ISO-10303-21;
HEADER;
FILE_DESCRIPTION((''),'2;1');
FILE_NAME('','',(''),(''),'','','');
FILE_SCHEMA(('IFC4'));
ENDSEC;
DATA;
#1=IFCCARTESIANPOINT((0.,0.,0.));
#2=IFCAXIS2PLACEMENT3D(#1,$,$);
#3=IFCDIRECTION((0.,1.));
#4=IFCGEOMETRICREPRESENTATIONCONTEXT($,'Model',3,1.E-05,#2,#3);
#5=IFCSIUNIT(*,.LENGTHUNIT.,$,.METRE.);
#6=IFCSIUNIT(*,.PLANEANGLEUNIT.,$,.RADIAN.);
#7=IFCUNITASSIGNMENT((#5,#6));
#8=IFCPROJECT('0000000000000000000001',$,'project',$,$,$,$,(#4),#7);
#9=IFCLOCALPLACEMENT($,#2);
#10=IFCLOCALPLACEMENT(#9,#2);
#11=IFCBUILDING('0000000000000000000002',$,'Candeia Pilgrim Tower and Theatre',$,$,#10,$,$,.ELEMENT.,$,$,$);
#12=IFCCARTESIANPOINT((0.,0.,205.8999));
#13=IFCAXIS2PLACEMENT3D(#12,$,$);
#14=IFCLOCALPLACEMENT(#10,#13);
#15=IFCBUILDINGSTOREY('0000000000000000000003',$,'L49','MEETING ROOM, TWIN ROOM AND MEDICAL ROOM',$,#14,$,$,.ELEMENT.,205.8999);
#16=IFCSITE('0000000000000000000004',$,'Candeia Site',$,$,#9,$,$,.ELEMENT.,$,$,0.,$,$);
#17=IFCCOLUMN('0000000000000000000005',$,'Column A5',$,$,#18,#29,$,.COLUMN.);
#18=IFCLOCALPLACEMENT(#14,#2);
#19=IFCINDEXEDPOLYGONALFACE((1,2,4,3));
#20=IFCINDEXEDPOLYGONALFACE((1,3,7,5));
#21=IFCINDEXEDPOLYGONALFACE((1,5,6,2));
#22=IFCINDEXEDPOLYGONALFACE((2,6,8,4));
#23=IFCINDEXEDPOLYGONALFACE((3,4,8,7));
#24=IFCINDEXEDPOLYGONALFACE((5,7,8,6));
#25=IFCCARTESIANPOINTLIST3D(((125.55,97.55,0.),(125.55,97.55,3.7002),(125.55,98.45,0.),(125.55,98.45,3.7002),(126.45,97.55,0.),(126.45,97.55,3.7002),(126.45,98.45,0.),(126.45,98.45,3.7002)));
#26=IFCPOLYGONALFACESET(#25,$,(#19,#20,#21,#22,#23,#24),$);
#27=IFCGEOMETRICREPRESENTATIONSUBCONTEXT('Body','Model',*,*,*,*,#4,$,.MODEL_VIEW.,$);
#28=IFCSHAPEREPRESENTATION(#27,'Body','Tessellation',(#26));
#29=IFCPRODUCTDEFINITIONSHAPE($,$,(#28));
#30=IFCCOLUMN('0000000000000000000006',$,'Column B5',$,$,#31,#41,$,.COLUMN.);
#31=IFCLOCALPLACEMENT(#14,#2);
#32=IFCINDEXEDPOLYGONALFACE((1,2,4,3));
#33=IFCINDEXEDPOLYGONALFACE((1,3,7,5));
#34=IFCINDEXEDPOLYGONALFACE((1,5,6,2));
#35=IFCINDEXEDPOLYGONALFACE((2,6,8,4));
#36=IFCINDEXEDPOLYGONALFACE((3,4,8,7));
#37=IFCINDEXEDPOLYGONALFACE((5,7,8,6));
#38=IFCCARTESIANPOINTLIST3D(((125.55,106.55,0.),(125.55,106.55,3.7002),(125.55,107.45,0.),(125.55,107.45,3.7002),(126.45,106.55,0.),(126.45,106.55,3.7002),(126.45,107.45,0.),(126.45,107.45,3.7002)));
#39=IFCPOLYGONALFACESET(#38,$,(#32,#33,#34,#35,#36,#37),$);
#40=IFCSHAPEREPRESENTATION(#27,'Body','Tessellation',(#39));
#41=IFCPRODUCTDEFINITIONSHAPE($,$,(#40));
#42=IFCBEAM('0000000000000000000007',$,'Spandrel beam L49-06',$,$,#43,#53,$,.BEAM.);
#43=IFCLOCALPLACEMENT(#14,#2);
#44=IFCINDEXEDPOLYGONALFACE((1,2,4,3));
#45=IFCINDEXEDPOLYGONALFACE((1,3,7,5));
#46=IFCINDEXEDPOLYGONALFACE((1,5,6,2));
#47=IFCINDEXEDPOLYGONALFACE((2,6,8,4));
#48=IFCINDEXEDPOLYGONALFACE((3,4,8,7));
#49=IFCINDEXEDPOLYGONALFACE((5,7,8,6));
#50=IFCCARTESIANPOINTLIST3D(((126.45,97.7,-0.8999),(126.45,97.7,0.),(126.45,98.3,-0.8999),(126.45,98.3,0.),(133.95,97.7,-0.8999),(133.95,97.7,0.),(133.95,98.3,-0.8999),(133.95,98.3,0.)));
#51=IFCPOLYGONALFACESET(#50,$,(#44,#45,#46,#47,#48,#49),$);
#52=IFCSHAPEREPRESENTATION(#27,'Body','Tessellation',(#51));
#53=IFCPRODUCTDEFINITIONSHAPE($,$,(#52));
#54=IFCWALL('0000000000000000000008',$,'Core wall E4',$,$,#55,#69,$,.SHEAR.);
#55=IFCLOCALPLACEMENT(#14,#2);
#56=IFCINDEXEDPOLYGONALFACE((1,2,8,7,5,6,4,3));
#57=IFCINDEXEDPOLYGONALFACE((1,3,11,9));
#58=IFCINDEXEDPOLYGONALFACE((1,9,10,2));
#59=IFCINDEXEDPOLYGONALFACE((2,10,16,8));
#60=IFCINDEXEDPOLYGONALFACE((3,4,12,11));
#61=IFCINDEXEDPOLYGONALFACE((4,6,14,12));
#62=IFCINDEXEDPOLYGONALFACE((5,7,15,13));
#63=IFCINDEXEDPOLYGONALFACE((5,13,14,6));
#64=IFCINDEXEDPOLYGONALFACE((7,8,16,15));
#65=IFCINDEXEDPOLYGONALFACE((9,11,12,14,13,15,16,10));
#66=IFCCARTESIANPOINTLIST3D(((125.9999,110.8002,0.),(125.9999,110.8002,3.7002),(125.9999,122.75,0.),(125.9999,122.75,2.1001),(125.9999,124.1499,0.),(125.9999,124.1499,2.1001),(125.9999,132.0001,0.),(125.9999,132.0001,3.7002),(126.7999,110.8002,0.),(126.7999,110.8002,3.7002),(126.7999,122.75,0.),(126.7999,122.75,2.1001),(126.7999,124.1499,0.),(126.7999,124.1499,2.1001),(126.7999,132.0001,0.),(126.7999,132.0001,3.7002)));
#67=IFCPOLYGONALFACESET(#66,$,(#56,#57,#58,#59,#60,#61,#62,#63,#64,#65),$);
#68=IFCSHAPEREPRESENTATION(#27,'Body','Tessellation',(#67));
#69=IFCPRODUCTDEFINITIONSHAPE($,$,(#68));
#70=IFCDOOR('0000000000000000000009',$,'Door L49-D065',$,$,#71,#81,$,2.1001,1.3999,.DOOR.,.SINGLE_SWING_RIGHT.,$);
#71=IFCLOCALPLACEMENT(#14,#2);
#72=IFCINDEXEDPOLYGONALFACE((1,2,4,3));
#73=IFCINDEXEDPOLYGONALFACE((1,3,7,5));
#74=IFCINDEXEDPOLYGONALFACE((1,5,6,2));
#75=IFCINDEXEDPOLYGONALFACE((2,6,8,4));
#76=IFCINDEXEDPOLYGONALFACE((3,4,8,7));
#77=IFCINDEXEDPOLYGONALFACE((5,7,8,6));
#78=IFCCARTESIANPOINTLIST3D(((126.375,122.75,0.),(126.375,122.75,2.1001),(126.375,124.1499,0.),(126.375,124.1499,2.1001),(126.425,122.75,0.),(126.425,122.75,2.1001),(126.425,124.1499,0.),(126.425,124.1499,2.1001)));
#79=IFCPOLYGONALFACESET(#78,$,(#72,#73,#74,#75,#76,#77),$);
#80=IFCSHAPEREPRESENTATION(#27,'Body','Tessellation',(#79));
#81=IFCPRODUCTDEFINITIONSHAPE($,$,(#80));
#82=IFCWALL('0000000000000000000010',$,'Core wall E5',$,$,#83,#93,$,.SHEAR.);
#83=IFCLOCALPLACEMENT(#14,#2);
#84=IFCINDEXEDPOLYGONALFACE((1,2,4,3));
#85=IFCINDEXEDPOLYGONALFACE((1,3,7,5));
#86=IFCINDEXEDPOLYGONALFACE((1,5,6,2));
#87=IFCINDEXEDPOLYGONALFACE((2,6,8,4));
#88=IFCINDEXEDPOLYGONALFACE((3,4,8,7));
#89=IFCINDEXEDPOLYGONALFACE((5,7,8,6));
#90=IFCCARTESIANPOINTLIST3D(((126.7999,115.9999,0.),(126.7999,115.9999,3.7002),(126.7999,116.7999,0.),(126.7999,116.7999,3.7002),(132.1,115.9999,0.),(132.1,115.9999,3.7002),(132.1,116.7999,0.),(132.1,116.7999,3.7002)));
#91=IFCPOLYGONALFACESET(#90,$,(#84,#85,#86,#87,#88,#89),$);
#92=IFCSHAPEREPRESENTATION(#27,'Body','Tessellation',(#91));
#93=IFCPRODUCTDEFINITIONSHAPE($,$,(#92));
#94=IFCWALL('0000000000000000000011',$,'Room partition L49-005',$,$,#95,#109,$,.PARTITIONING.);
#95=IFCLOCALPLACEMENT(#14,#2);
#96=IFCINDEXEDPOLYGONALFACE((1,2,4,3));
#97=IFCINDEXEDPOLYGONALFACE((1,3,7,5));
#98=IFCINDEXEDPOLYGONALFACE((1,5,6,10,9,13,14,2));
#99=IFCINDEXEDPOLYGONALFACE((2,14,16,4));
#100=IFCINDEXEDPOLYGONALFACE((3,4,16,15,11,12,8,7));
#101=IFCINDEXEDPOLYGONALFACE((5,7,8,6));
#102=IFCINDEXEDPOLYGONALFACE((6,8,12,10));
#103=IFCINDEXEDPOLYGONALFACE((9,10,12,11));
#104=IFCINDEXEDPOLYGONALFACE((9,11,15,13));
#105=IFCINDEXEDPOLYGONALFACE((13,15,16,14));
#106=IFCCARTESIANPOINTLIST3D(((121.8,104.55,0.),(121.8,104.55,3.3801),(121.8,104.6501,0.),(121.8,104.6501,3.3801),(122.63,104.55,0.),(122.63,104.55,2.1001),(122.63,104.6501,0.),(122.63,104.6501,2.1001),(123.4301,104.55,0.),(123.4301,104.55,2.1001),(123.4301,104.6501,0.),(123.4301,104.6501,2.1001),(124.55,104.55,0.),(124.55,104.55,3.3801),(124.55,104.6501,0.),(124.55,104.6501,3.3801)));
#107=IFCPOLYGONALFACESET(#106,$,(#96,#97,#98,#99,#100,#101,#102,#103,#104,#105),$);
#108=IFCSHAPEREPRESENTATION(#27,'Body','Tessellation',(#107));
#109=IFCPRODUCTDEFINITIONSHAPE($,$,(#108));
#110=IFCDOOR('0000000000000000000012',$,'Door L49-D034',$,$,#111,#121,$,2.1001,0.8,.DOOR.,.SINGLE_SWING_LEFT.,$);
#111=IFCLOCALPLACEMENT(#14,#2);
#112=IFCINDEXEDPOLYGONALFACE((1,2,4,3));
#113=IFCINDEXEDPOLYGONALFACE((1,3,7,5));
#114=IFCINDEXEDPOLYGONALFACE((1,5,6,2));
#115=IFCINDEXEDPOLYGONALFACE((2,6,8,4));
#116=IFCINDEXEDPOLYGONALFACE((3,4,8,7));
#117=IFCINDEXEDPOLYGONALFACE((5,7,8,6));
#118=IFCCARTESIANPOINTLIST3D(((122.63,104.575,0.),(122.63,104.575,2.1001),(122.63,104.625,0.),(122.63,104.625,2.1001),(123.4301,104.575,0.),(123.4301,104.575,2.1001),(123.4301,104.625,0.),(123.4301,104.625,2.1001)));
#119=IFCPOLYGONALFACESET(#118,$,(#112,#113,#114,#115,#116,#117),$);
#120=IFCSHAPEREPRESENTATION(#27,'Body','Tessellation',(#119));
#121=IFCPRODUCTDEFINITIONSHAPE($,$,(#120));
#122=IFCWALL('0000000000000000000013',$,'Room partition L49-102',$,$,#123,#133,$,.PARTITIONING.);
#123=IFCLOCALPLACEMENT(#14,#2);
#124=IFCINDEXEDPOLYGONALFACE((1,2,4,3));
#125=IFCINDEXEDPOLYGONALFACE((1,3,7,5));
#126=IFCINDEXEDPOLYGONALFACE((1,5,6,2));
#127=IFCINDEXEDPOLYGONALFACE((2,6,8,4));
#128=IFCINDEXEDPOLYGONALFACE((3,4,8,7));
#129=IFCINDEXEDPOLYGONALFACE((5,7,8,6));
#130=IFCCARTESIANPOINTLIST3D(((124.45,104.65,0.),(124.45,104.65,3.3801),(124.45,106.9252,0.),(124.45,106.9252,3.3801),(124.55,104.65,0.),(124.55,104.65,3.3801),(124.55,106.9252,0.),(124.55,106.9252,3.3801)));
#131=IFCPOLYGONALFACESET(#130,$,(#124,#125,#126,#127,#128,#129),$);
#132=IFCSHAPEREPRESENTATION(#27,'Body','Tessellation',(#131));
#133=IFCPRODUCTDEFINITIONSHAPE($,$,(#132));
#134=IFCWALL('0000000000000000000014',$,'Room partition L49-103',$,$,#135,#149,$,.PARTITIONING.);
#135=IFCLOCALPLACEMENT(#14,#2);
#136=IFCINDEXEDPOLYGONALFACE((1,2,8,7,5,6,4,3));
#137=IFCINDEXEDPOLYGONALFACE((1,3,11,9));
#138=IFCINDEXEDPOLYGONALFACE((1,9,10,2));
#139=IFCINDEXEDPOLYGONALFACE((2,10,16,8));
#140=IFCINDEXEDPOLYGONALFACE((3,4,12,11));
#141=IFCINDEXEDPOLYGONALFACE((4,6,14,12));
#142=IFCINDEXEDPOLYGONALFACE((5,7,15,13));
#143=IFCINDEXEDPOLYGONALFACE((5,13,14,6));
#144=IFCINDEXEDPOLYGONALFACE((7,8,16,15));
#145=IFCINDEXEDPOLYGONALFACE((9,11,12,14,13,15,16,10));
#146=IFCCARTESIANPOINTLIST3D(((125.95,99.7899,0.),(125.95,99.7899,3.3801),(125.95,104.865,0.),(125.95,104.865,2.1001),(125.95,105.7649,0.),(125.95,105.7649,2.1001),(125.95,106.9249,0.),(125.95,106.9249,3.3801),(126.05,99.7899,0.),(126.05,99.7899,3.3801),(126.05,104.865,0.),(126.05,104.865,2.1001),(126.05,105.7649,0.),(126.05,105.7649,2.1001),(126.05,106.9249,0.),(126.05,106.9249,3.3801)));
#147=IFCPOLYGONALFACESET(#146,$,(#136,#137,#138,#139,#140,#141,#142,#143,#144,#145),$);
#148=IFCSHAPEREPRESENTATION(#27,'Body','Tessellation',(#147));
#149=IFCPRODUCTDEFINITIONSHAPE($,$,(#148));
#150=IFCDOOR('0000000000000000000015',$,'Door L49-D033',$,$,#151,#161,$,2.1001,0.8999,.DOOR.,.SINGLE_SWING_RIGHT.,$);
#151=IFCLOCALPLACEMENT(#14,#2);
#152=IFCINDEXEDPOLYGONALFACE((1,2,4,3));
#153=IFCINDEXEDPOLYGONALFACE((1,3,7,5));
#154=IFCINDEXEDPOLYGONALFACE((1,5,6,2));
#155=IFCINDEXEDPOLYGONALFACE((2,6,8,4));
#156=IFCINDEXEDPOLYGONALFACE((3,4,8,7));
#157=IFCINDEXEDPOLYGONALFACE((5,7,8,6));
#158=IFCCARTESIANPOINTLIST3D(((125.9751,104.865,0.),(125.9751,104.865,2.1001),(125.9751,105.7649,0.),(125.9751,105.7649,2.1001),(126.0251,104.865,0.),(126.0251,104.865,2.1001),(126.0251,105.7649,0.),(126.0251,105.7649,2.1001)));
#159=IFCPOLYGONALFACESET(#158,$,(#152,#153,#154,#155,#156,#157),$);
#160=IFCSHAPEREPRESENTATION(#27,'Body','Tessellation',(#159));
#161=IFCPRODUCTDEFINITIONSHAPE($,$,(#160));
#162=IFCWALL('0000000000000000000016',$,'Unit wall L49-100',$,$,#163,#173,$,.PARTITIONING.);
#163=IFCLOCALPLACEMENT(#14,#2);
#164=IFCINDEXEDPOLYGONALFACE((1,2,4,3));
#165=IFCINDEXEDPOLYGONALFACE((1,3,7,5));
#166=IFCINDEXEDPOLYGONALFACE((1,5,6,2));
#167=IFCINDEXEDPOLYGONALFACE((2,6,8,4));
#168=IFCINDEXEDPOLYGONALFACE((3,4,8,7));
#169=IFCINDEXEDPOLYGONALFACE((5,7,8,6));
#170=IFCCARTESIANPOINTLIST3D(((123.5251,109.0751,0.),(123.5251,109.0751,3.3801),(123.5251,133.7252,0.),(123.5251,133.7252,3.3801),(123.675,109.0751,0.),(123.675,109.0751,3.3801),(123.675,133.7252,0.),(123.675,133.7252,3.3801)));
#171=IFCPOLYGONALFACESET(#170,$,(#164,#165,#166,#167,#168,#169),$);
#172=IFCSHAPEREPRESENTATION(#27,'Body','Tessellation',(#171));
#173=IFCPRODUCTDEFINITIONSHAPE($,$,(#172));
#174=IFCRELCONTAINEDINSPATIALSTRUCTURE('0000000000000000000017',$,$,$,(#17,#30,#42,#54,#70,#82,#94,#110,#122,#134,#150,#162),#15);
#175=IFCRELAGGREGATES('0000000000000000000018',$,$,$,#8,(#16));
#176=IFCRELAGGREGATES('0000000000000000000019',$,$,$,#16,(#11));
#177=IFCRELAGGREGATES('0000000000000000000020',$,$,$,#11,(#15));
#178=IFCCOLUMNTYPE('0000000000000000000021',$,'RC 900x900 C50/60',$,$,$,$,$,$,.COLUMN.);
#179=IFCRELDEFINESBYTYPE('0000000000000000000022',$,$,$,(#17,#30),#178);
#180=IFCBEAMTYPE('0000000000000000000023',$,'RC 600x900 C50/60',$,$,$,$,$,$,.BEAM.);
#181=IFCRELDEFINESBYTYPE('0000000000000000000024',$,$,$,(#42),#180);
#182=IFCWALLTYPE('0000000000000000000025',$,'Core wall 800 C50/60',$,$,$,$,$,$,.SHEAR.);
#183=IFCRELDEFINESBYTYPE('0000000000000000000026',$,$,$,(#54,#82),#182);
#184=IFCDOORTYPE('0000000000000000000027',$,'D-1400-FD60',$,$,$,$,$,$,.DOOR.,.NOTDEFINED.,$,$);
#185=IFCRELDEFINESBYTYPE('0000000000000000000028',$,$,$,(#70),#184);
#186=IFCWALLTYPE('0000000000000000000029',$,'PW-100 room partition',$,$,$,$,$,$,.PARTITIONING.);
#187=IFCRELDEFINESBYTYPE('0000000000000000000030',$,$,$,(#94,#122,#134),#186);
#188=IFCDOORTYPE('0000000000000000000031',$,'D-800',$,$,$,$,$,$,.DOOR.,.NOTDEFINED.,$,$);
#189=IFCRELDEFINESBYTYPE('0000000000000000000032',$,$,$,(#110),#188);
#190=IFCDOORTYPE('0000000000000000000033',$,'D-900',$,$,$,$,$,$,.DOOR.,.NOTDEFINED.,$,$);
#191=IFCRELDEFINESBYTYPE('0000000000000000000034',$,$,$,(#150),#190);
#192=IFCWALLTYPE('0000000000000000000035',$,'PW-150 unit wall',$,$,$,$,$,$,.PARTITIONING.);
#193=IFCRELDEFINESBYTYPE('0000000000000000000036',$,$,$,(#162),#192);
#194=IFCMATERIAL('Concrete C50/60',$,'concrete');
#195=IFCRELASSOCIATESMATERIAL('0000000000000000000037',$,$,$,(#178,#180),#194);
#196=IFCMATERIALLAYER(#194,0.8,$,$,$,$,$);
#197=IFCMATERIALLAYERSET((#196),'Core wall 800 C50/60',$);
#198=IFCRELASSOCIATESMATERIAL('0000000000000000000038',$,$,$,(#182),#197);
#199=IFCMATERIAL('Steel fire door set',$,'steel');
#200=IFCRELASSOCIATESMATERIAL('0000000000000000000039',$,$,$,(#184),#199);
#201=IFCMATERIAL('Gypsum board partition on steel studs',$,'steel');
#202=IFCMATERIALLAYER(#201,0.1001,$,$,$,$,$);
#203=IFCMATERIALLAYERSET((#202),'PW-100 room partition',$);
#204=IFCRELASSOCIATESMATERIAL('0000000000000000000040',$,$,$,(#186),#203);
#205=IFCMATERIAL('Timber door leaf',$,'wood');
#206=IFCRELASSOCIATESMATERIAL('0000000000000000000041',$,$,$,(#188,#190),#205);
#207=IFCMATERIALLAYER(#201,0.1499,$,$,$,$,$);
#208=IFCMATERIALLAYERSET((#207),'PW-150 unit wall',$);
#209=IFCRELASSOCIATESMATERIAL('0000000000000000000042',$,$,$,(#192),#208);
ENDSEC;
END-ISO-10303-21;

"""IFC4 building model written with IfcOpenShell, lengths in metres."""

from ifc_helpers import new_model, si_unit, direction, frame, frame_2d, origin, origin_2d, place, context, subcontext, project, spatial, rectangle, extrude, material, layer, layer_set, material_profile, profile_set, type_object, element, fill, save


model = new_model("IFC4")

# Units and contexts
model_context = context("Model", 3, precision=1e-05, world=origin(), true_north=direction((0.0, 1.0)))
body_context = subcontext(model_context, "Body", "Model", "MODEL_VIEW")
ifc_project = project(units=[si_unit("LENGTHUNIT", "METRE"), si_unit("PLANEANGLEUNIT", "RADIAN")], contexts=[model_context])

# Site, building, storey
site_placement = place(None, origin())
site = spatial("IfcSite", under=ifc_project, at=site_placement, Name="Candeia Site", CompositionType="ELEMENT", RefElevation=0.0)
building_placement = place(site_placement, origin())
building = spatial("IfcBuilding", under=site, at=building_placement, Name="Candeia Pilgrim Tower and Theatre", CompositionType="ELEMENT")
storey_placement = place(building_placement, frame((0.0, 0.0, 205.8999)))
storey = spatial("IfcBuildingStorey", under=building, at=storey_placement, Name="L49", Description="MEETING ROOM, TWIN ROOM AND MEDICAL ROOM", CompositionType="ELEMENT", Elevation=205.8999)

# Columns
ifc_material_1 = material(Name="Concrete C50/60", Category="concrete")
ifc_material_profile_1 = material_profile(ifc_material_1, rectangle(XDim=0.8999, YDim=0.8999, at=origin_2d()))
ifc_profile_set_1 = profile_set([ifc_material_profile_1], Name="Concrete C50/60")
column_type = type_object("IfcColumnType", Name="RC 900x900 C50/60", PredefinedType="COLUMN", material=ifc_profile_set_1)
for number, where, z_axis, x_axis, name in (
    (1, (126.0, 98.0, 0.0), (0.0, 0.0, 1.0), (1.0, 0.0, 0.0), "Column A5"),
    (2, (126.0, 107.0, 0.0), (0.0, 0.0, 1.0), (1.0, 0.0, 0.0), "Column B5"),
):
    element("IfcColumn", number, at=place(storey_placement, frame(where, z_axis=z_axis, x_axis=x_axis)), inside=storey, type_object=column_type, Name=name, PredefinedType="COLUMN", context=body_context, shape_type="SweptSolid", body=[
        extrude(rectangle(XDim=0.8999, YDim=0.8999, at=origin_2d()), origin(), (0.0, 0.0, 1.0), 3.7002),
    ])

# Beam
ifc_material_profile_2 = material_profile(ifc_material_1, rectangle(XDim=0.6001, YDim=0.8999, at=origin_2d()))
ifc_profile_set_2 = profile_set([ifc_material_profile_2], Name="Concrete C50/60")
beam_type = type_object("IfcBeamType", Name="RC 600x900 C50/60", PredefinedType="BEAM", material=ifc_profile_set_2)
beam_placement = place(storey_placement, frame((126.45, 98.0, -0.45), z_axis=(1.0, 0.0, 0.0), x_axis=(0.0, 1.0, 0.0)))
element("IfcBeam", 3, at=beam_placement, inside=storey, type_object=beam_type, Name="Spandrel beam L49-06", PredefinedType="BEAM", context=body_context, shape_type="SweptSolid", body=[
    extrude(rectangle(XDim=0.6001, YDim=0.8999, at=origin_2d()), origin(), (0.0, 0.0, 1.0), 7.5),
])

# Wall, opening, door
ifc_layer_1 = layer(ifc_material_1, 0.8)
ifc_layer_set_1 = layer_set([ifc_layer_1], Name="Core wall 800 C50/60")
wall_type_1 = type_object("IfcWallType", Name="Core wall 800 C50/60", PredefinedType="SHEAR", material=ifc_layer_set_1)
wall_1_placement = place(storey_placement, frame((126.3999, 110.8, 0.0), z_axis=(0.0, 0.0, 1.0), x_axis=(0.0, 1.0, 0.0)))
wall_1 = element("IfcWall", 4, at=wall_1_placement, inside=storey, type_object=wall_type_1, Name="Core wall E4", PredefinedType="SHEAR", context=body_context, shape_type="SweptSolid", body=[
    extrude(rectangle(XDim=21.2, YDim=0.8, at=frame_2d((10.6001, 0.0))), origin(), (0.0, 0.0, 1.0), 3.7002),
])
opening_1_placement = place(wall_1_placement, frame((11.95, 0.0, 0.0)))
opening_1 = element("IfcOpeningElement", 5, at=opening_1_placement, cuts=wall_1, PredefinedType="OPENING", context=body_context, shape_type="SweptSolid", body=[
    extrude(rectangle(XDim=1.3999, YDim=2.1001, at=frame_2d((0.7, 1.05))), frame((0.0, 0.4102, 0.0), z_axis=(0.0, -1.0, 0.0), x_axis=(1.0, 0.0, 0.0)), (0.0, 0.0, 1.0), 0.8201),
])
ifc_material_2 = material(Name="Steel fire door set", Category="steel")
door_type_1 = type_object("IfcDoorType", Name="D-1400-FD60", OperationType="NOTDEFINED", PredefinedType="DOOR", material=ifc_material_2)
door_1_placement = place(opening_1_placement, origin())
door_1 = element("IfcDoor", 6, at=door_1_placement, inside=storey, type_object=door_type_1, Name="Door L49-D065", OperationType="SINGLE_SWING_RIGHT", OverallHeight=2.1001, OverallWidth=1.3999, PredefinedType="DOOR", context=body_context, shape_type="SweptSolid", body=[
    extrude(rectangle(XDim=1.3999, YDim=2.1001, at=frame_2d((0.7, 1.05))), frame((0.0, 0.0249, 0.0), z_axis=(0.0, -1.0, 0.0), x_axis=(1.0, 0.0, 0.0)), (0.0, 0.0, 1.0), 0.05),
])
fill(opening_1, door_1)

# Wall
wall_2_placement = place(storey_placement, frame((126.8, 116.3999, 0.0), z_axis=(0.0, 0.0, 1.0), x_axis=(1.0, 0.0, 0.0)))
element("IfcWall", 7, at=wall_2_placement, inside=storey, type_object=wall_type_1, Name="Core wall E5", PredefinedType="SHEAR", context=body_context, shape_type="SweptSolid", body=[
    extrude(rectangle(XDim=5.3, YDim=0.8, at=frame_2d((2.6499, 0.0))), origin(), (0.0, 0.0, 1.0), 3.7002),
])

# Wall, opening, door
ifc_material_3 = material(Name="Gypsum board partition on steel studs", Category="steel")
ifc_layer_2 = layer(ifc_material_3, 0.1001)
ifc_layer_set_2 = layer_set([ifc_layer_2], Name="PW-100 room partition")
wall_type_2 = type_object("IfcWallType", Name="PW-100 room partition", PredefinedType="PARTITIONING", material=ifc_layer_set_2)
wall_3_placement = place(storey_placement, frame((121.8, 104.6001, 0.0), z_axis=(0.0, 0.0, 1.0), x_axis=(1.0, 0.0, 0.0)))
wall_3 = element("IfcWall", 8, at=wall_3_placement, inside=storey, type_object=wall_type_2, Name="Room partition L49-005", PredefinedType="PARTITIONING", context=body_context, shape_type="SweptSolid", body=[
    extrude(rectangle(XDim=2.75, YDim=0.1001, at=frame_2d((1.375, 0.0))), origin(), (0.0, 0.0, 1.0), 3.3801),
])
opening_2_placement = place(wall_3_placement, frame((0.8301, 0.0, 0.0)))
opening_2 = element("IfcOpeningElement", 9, at=opening_2_placement, cuts=wall_3, PredefinedType="OPENING", context=body_context, shape_type="SweptSolid", body=[
    extrude(rectangle(XDim=0.8, YDim=2.1001, at=frame_2d((0.3999, 1.05))), frame((0.0, 0.0601, 0.0), z_axis=(0.0, -1.0, 0.0), x_axis=(1.0, 0.0, 0.0)), (0.0, 0.0, 1.0), 0.1201),
])
ifc_material_4 = material(Name="Timber door leaf", Category="wood")
door_type_2 = type_object("IfcDoorType", Name="D-800", OperationType="NOTDEFINED", PredefinedType="DOOR", material=ifc_material_4)
door_2_placement = place(opening_2_placement, origin())
door_2 = element("IfcDoor", 10, at=door_2_placement, inside=storey, type_object=door_type_2, Name="Door L49-D034", OperationType="SINGLE_SWING_LEFT", OverallHeight=2.1001, OverallWidth=0.8, PredefinedType="DOOR", context=body_context, shape_type="SweptSolid", body=[
    extrude(rectangle(XDim=0.8, YDim=2.1001, at=frame_2d((0.3999, 1.05))), frame((0.0, 0.0249, 0.0), z_axis=(0.0, -1.0, 0.0), x_axis=(1.0, 0.0, 0.0)), (0.0, 0.0, 1.0), 0.05),
])
fill(opening_2, door_2)

# Wall
wall_4_placement = place(storey_placement, frame((124.5, 104.6499, 0.0), z_axis=(0.0, 0.0, 1.0), x_axis=(0.0, 1.0, 0.0)))
element("IfcWall", 11, at=wall_4_placement, inside=storey, type_object=wall_type_2, Name="Room partition L49-102", PredefinedType="PARTITIONING", context=body_context, shape_type="SweptSolid", body=[
    extrude(rectangle(XDim=2.2751, YDim=0.1001, at=frame_2d((1.1377, 0.0))), origin(), (0.0, 0.0, 1.0), 3.3801),
])

# Wall, opening, door
wall_5_placement = place(storey_placement, frame((126.0, 99.79, 0.0), z_axis=(0.0, 0.0, 1.0), x_axis=(0.0, 1.0, 0.0)))
wall_5 = element("IfcWall", 12, at=wall_5_placement, inside=storey, type_object=wall_type_2, Name="Room partition L49-103", PredefinedType="PARTITIONING", context=body_context, shape_type="SweptSolid", body=[
    extrude(rectangle(XDim=7.135, YDim=0.1001, at=frame_2d((3.5674, 0.0))), origin(), (0.0, 0.0, 1.0), 3.3801),
])
opening_3_placement = place(wall_5_placement, frame((5.075, 0.0, 0.0)))
opening_3 = element("IfcOpeningElement", 13, at=opening_3_placement, cuts=wall_5, PredefinedType="OPENING", context=body_context, shape_type="SweptSolid", body=[
    extrude(rectangle(XDim=0.8999, YDim=2.1001, at=frame_2d((0.45, 1.05))), frame((0.0, 0.0601, 0.0), z_axis=(0.0, -1.0, 0.0), x_axis=(1.0, 0.0, 0.0)), (0.0, 0.0, 1.0), 0.1201),
])
door_type_3 = type_object("IfcDoorType", Name="D-900", OperationType="NOTDEFINED", PredefinedType="DOOR", material=ifc_material_4)
door_3_placement = place(opening_3_placement, origin())
door_3 = element("IfcDoor", 14, at=door_3_placement, inside=storey, type_object=door_type_3, Name="Door L49-D033", OperationType="SINGLE_SWING_RIGHT", OverallHeight=2.1001, OverallWidth=0.8999, PredefinedType="DOOR", context=body_context, shape_type="SweptSolid", body=[
    extrude(rectangle(XDim=0.8999, YDim=2.1001, at=frame_2d((0.45, 1.05))), frame((0.0, 0.0249, 0.0), z_axis=(0.0, -1.0, 0.0), x_axis=(1.0, 0.0, 0.0)), (0.0, 0.0, 1.0), 0.05),
])
fill(opening_3, door_3)

# Wall
ifc_layer_3 = layer(ifc_material_3, 0.1499)
ifc_layer_set_3 = layer_set([ifc_layer_3], Name="PW-150 unit wall")
wall_type_3 = type_object("IfcWallType", Name="PW-150 unit wall", PredefinedType="PARTITIONING", material=ifc_layer_set_3)
wall_6_placement = place(storey_placement, frame((123.6001, 109.075, 0.0), z_axis=(0.0, 0.0, 1.0), x_axis=(0.0, 1.0, 0.0)))
element("IfcWall", 15, at=wall_6_placement, inside=storey, type_object=wall_type_3, Name="Unit wall L49-100", PredefinedType="PARTITIONING", context=body_context, shape_type="SweptSolid", body=[
    extrude(rectangle(XDim=24.6501, YDim=0.1499, at=frame_2d((12.3252, 0.0))), origin(), (0.0, 0.0, 1.0), 3.3801),
])

save(model, "model.ifc")
